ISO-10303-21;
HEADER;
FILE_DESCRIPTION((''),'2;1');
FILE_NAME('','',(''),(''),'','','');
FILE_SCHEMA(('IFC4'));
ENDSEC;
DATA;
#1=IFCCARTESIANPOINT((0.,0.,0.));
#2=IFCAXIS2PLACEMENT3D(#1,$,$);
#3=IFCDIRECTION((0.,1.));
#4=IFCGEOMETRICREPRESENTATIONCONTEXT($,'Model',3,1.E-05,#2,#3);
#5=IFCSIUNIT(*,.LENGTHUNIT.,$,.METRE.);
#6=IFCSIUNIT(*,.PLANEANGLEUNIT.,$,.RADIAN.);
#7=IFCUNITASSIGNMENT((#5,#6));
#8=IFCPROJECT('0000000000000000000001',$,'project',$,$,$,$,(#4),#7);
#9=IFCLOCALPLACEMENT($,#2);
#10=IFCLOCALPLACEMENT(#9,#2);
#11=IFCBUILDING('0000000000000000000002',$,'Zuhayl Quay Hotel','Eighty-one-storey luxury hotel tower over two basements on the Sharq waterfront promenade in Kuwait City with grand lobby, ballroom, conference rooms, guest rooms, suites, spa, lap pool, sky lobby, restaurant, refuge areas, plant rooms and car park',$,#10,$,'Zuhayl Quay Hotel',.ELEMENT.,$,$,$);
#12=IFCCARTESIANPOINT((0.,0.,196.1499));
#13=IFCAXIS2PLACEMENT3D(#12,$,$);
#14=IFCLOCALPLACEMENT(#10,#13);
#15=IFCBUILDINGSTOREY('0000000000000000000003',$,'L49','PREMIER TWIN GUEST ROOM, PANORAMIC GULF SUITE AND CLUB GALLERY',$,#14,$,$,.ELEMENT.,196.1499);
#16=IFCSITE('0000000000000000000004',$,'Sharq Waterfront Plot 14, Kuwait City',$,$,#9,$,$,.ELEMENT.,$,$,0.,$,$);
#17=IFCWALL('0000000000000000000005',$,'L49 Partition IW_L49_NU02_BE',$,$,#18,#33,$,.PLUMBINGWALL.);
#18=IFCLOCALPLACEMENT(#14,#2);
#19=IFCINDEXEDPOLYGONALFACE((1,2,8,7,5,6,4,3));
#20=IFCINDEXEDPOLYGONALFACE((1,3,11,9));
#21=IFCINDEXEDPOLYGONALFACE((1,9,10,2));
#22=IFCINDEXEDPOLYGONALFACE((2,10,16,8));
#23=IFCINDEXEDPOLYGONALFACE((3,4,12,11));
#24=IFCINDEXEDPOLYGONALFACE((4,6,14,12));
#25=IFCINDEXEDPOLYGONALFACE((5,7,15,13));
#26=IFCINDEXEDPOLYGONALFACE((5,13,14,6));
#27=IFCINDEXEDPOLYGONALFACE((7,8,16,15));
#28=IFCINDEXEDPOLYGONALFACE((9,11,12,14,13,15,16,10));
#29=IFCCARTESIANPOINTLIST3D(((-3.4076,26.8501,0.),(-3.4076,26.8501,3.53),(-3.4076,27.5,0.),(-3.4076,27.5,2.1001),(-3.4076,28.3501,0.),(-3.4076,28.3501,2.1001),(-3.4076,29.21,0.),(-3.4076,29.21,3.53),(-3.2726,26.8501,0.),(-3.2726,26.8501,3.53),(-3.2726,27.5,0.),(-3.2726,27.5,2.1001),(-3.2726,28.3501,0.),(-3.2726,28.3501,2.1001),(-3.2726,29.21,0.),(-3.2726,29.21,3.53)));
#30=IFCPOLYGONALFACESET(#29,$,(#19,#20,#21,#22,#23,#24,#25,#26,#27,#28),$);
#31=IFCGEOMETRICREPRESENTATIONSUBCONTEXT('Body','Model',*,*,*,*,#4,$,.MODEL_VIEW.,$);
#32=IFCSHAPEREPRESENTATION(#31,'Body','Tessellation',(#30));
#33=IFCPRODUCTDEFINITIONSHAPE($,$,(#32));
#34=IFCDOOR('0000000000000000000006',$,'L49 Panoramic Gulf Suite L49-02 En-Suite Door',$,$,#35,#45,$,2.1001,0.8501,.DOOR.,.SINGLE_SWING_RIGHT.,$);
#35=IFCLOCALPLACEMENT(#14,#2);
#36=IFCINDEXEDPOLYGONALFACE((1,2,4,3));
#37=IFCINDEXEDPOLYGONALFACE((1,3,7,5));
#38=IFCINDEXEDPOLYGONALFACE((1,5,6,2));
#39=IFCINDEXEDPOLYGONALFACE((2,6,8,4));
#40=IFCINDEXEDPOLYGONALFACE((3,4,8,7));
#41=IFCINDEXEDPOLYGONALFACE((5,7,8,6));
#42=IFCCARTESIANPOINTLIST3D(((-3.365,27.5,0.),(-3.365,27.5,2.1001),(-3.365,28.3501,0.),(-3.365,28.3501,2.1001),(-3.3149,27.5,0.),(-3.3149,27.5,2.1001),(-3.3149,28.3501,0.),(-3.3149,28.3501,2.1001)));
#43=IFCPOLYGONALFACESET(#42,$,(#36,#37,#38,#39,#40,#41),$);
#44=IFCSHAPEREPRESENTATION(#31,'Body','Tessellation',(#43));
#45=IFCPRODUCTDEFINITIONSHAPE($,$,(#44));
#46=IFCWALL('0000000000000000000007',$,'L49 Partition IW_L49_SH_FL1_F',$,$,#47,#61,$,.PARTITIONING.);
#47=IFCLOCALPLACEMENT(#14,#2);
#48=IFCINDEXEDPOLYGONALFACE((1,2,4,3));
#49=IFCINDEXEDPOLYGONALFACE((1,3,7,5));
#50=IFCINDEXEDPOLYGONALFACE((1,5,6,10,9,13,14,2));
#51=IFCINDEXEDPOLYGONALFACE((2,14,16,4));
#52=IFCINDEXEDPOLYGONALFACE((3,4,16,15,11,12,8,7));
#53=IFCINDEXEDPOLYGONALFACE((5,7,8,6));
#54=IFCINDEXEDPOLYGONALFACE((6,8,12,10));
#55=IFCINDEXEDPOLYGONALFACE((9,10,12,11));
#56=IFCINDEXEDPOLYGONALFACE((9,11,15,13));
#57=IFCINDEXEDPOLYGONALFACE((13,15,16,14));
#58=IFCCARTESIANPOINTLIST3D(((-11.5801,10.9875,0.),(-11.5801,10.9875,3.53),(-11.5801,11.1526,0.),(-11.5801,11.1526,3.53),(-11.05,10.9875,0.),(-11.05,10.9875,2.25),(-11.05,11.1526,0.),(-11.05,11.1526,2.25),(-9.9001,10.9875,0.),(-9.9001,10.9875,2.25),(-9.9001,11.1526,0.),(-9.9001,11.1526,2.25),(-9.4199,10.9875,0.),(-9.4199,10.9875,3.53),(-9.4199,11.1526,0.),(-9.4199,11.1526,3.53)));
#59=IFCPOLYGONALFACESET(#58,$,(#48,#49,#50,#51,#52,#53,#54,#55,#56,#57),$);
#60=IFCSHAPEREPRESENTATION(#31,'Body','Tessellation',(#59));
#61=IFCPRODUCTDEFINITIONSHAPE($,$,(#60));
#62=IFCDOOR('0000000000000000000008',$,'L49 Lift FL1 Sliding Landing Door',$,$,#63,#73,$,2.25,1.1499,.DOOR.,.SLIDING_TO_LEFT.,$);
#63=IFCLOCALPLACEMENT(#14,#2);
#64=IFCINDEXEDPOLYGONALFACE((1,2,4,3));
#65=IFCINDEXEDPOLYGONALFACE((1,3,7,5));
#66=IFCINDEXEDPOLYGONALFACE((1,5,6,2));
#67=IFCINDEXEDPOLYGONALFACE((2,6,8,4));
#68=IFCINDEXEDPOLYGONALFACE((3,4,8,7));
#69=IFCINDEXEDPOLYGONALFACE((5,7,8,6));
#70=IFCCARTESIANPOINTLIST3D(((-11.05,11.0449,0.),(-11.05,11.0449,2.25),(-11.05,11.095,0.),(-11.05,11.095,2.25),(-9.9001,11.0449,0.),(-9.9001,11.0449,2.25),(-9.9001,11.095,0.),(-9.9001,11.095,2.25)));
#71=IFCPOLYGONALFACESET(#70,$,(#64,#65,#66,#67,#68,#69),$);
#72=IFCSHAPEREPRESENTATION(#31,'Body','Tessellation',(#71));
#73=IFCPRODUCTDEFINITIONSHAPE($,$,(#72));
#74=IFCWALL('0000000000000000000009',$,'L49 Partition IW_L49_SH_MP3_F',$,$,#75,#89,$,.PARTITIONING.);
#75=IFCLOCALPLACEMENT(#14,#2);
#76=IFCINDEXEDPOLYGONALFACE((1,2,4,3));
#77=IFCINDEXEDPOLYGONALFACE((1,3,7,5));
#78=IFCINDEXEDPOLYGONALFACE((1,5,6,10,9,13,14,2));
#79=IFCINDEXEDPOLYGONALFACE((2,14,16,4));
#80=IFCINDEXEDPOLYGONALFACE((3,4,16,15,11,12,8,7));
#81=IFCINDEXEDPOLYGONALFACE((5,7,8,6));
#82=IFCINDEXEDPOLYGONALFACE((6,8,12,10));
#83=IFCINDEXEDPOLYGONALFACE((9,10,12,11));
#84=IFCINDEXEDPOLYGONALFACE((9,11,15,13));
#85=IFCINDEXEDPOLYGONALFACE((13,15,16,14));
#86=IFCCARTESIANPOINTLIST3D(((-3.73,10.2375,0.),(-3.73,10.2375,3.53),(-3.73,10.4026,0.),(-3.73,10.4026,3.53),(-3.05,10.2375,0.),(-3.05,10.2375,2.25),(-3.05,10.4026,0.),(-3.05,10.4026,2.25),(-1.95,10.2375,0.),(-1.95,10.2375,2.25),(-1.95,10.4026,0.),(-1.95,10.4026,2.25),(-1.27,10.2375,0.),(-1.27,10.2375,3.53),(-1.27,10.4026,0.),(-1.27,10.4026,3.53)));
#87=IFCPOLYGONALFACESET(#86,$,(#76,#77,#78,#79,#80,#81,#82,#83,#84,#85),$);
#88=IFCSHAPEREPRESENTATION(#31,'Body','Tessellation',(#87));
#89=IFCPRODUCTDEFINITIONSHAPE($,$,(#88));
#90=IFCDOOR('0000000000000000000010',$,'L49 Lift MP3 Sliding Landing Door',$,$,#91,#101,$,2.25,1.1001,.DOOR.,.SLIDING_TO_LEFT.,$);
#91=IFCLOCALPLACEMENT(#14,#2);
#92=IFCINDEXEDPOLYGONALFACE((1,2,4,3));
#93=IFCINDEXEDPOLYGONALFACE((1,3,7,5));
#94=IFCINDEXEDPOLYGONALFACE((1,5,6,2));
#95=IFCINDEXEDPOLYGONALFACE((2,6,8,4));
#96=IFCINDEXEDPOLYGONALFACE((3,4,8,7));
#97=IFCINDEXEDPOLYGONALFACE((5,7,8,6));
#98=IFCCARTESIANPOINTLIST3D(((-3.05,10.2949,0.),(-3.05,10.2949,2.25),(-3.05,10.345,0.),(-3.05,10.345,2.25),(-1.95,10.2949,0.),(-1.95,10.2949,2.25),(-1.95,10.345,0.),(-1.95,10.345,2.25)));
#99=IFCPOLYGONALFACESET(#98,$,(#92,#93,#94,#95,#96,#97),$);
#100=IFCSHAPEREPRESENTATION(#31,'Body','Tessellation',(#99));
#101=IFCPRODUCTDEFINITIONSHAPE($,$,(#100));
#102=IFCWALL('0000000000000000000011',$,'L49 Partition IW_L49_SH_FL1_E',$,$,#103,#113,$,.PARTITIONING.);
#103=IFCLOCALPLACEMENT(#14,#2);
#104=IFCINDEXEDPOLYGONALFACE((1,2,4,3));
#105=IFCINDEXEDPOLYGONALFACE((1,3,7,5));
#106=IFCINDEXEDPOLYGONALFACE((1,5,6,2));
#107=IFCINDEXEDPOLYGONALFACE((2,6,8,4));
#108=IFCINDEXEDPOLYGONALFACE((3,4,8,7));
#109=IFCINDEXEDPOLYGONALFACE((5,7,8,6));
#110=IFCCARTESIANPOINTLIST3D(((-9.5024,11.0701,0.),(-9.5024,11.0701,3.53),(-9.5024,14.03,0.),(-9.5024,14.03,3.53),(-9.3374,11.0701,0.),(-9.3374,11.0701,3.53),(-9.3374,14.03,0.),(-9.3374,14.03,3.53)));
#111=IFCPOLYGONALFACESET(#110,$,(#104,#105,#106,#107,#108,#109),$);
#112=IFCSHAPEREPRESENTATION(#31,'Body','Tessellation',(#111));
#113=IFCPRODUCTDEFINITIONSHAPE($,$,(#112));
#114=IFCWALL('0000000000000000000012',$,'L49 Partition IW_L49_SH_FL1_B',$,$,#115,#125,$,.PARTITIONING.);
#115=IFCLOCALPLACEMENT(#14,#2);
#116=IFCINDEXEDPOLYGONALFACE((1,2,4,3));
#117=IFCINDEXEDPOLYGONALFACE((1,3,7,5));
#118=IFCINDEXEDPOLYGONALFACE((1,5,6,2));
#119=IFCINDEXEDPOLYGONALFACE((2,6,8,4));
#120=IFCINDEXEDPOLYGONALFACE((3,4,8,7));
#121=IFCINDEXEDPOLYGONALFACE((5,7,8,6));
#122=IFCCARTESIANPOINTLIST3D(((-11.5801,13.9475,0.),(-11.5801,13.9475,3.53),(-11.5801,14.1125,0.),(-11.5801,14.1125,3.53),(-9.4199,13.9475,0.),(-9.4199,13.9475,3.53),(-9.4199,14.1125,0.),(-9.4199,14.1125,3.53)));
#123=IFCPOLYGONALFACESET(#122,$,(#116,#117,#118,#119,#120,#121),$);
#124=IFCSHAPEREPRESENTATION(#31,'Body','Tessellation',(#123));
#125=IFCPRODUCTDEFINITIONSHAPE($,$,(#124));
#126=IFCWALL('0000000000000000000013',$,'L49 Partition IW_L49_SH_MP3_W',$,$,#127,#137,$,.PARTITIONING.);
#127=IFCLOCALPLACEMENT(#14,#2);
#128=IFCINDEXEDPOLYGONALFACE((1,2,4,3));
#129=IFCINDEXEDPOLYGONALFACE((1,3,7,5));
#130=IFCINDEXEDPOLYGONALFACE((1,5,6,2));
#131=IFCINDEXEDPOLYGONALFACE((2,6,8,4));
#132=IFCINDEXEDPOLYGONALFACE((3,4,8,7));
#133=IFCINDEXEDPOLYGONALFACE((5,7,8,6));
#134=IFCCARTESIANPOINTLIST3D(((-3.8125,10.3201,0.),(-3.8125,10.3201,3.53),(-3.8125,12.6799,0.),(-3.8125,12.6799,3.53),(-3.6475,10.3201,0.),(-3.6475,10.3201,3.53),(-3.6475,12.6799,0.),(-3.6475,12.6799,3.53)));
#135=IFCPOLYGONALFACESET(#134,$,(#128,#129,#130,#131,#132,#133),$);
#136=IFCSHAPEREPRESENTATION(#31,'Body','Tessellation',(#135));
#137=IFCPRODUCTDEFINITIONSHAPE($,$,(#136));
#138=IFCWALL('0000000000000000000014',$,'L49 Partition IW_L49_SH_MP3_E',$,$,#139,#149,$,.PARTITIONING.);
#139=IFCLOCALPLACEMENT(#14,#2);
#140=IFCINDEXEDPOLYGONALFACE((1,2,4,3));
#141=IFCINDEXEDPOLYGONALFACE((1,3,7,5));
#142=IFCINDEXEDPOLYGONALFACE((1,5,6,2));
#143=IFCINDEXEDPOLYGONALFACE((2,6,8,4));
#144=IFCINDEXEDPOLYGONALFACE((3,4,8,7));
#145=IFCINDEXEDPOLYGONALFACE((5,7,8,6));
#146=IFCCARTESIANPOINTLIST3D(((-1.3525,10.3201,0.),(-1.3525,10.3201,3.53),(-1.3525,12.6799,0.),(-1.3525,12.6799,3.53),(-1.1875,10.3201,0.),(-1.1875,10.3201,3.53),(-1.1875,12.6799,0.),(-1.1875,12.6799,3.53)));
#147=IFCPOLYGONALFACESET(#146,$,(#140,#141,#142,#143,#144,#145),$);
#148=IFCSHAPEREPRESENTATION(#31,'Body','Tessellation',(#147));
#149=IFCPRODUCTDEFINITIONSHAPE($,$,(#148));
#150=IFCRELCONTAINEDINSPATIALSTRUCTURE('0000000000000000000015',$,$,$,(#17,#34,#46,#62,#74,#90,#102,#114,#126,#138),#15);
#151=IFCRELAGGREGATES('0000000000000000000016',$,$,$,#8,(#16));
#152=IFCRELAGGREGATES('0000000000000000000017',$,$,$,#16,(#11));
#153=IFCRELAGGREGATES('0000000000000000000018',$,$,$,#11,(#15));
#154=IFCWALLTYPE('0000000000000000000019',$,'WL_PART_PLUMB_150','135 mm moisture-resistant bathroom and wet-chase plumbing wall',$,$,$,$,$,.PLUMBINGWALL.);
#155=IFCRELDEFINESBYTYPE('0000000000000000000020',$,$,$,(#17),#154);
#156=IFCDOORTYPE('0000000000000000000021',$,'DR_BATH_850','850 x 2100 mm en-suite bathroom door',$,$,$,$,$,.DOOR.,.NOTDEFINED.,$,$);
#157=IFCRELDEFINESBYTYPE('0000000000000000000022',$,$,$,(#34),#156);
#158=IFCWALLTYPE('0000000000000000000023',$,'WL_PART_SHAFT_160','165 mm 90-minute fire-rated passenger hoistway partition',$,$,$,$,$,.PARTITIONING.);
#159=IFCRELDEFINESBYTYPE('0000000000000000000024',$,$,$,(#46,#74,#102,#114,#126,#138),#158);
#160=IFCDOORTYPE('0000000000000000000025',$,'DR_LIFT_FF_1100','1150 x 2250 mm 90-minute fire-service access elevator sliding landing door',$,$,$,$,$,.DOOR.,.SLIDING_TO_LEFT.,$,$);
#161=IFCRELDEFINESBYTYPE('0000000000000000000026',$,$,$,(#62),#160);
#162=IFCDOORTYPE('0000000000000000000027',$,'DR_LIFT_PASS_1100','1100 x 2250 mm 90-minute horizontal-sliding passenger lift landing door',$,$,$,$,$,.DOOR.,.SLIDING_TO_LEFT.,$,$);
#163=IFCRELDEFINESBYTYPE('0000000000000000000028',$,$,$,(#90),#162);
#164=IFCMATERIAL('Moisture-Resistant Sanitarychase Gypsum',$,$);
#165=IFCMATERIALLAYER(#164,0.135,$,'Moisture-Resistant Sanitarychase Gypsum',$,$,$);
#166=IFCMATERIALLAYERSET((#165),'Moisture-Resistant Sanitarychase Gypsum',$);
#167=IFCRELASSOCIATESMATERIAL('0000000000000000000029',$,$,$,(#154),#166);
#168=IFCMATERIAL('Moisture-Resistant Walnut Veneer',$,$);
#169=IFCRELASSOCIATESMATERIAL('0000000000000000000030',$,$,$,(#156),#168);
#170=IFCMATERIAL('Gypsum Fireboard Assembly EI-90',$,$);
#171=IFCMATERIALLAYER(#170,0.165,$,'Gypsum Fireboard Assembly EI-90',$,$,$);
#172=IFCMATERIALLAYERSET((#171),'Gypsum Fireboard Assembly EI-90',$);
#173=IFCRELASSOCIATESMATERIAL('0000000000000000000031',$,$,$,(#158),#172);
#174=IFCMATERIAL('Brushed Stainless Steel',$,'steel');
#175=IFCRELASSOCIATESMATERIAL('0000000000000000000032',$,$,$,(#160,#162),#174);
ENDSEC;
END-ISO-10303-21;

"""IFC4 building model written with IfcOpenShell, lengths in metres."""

from ifc_helpers import new_model, si_unit, direction, frame, frame_2d, origin, place, context, subcontext, project, spatial, rectangle, extrude, material, layer, layer_set, type_object, element, fill, save


model = new_model("IFC4")

# Units and contexts
model_context = context("Model", 3, precision=1e-05, world=origin(), true_north=direction((0.0, 1.0)))
body_context = subcontext(model_context, "Body", "Model", "MODEL_VIEW")
ifc_project = project(units=[si_unit("LENGTHUNIT", "METRE"), si_unit("PLANEANGLEUNIT", "RADIAN")], contexts=[model_context])

# Site, building, storey
site_placement = place(None, origin())
site = spatial("IfcSite", under=ifc_project, at=site_placement, Name="Sharq Waterfront Plot 14, Kuwait City", CompositionType="ELEMENT", RefElevation=0.0)
building_placement = place(site_placement, origin())
building = spatial("IfcBuilding", under=site, at=building_placement, Name="Zuhayl Quay Hotel", Description="Eighty-one-storey luxury hotel tower over two basements on the Sharq waterfront promenade in Kuwait City with grand lobby, ballroom, conference rooms, guest rooms, suites, spa, lap pool, sky lobby, restaurant, refuge areas, plant rooms and car park", LongName="Zuhayl Quay Hotel", CompositionType="ELEMENT")
storey_placement = place(building_placement, frame((0.0, 0.0, 196.1499)))
storey = spatial("IfcBuildingStorey", under=building, at=storey_placement, Name="L49", Description="PREMIER TWIN GUEST ROOM, PANORAMIC GULF SUITE AND CLUB GALLERY", CompositionType="ELEMENT", Elevation=196.1499)

# Walls, openings, doors
ifc_material_1 = material(Name="Moisture-Resistant Sanitarychase Gypsum")
ifc_layer_1 = layer(ifc_material_1, 0.135, Name="Moisture-Resistant Sanitarychase Gypsum")
ifc_layer_set_1 = layer_set([ifc_layer_1], Name="Moisture-Resistant Sanitarychase Gypsum")
wall_type_1 = type_object("IfcWallType", Name="WL_PART_PLUMB_150", Description="135 mm moisture-resistant bathroom and wet-chase plumbing wall", PredefinedType="PLUMBINGWALL", material=ifc_layer_set_1)
ifc_material_2 = material(Name="Moisture-Resistant Walnut Veneer")
door_type_1 = type_object("IfcDoorType", Name="DR_BATH_850", Description="850 x 2100 mm en-suite bathroom door", OperationType="NOTDEFINED", PredefinedType="DOOR", material=ifc_material_2)
wall_1_placement = place(storey_placement, frame((-3.3401, 26.8501, 0.0), z_axis=(0.0, 0.0, 1.0), x_axis=(0.0, 1.0, 0.0)))
wall_1 = element("IfcWall", 1, at=wall_1_placement, inside=storey, type_object=wall_type_1, Name="L49 Partition IW_L49_NU02_BE", PredefinedType="PLUMBINGWALL", context=body_context, shape_type="SweptSolid", body=[
    extrude(rectangle(XDim=2.3599, YDim=0.135, at=frame_2d((1.1799, 0.0))), origin(), (0.0, 0.0, 1.0), 3.53),
])
opening_1_placement = place(wall_1_placement, frame((0.6499, 0.0, 0.0)))
opening_1 = element("IfcOpeningElement", 2, at=opening_1_placement, cuts=wall_1, PredefinedType="OPENING", context=body_context, shape_type="SweptSolid", body=[
    extrude(rectangle(XDim=0.8501, YDim=2.1001, at=frame_2d((0.425, 1.05))), frame((0.0, 0.0774, 0.0), z_axis=(0.0, -1.0, 0.0), x_axis=(1.0, 0.0, 0.0)), (0.0, 0.0, 1.0), 0.155),
])
door_1_placement = place(opening_1_placement, origin())
door_1 = element("IfcDoor", 3, at=door_1_placement, inside=storey, type_object=door_type_1, Name="L49 Panoramic Gulf Suite L49-02 En-Suite Door", OperationType="SINGLE_SWING_RIGHT", OverallHeight=2.1001, OverallWidth=0.8501, PredefinedType="DOOR", context=body_context, shape_type="SweptSolid", body=[
    extrude(rectangle(XDim=0.8501, YDim=2.1001, at=frame_2d((0.425, 1.05))), frame((0.0, 0.0249, 0.0), z_axis=(0.0, -1.0, 0.0), x_axis=(1.0, 0.0, 0.0)), (0.0, 0.0, 1.0), 0.05),
])
fill(opening_1, door_1)
ifc_material_3 = material(Name="Gypsum Fireboard Assembly EI-90")
ifc_layer_2 = layer(ifc_material_3, 0.165, Name="Gypsum Fireboard Assembly EI-90")
ifc_layer_set_2 = layer_set([ifc_layer_2], Name="Gypsum Fireboard Assembly EI-90")
wall_type_2 = type_object("IfcWallType", Name="WL_PART_SHAFT_160", Description="165 mm 90-minute fire-rated passenger hoistway partition", PredefinedType="PARTITIONING", material=ifc_layer_set_2)
wall_2_placement = place(storey_placement, frame((-11.5801, 11.0701, 0.0), z_axis=(0.0, 0.0, 1.0), x_axis=(1.0, 0.0, 0.0)))
wall_2 = element("IfcWall", 4, at=wall_2_placement, inside=storey, type_object=wall_type_2, Name="L49 Partition IW_L49_SH_FL1_F", PredefinedType="PARTITIONING", context=body_context, shape_type="SweptSolid", body=[
    extrude(rectangle(XDim=2.1602, YDim=0.165, at=frame_2d((1.0801, 0.0))), origin(), (0.0, 0.0, 1.0), 3.53),
])
opening_2_placement = place(wall_2_placement, frame((0.53, 0.0, 0.0)))
opening_2 = element("IfcOpeningElement", 5, at=opening_2_placement, cuts=wall_2, PredefinedType="OPENING", context=body_context, shape_type="SweptSolid", body=[
    extrude(rectangle(XDim=1.1499, YDim=2.25, at=frame_2d((0.575, 1.125))), frame((0.0, 0.0925, 0.0), z_axis=(0.0, -1.0, 0.0), x_axis=(1.0, 0.0, 0.0)), (0.0, 0.0, 1.0), 0.1851),
])
ifc_material_4 = material(Name="Brushed Stainless Steel", Category="steel")
door_type_2 = type_object("IfcDoorType", Name="DR_LIFT_FF_1100", Description="1150 x 2250 mm 90-minute fire-service access elevator sliding landing door", OperationType="SLIDING_TO_LEFT", PredefinedType="DOOR", material=ifc_material_4)
door_2_placement = place(opening_2_placement, origin())
door_2 = element("IfcDoor", 6, at=door_2_placement, inside=storey, type_object=door_type_2, Name="L49 Lift FL1 Sliding Landing Door", OperationType="SLIDING_TO_LEFT", OverallHeight=2.25, OverallWidth=1.1499, PredefinedType="DOOR", context=body_context, shape_type="SweptSolid", body=[
    extrude(rectangle(XDim=1.1499, YDim=2.25, at=frame_2d((0.575, 1.125))), frame((0.0, 0.0249, 0.0), z_axis=(0.0, -1.0, 0.0), x_axis=(1.0, 0.0, 0.0)), (0.0, 0.0, 1.0), 0.05),
])
fill(opening_2, door_2)
wall_3_placement = place(storey_placement, frame((-3.73, 10.3201, 0.0), z_axis=(0.0, 0.0, 1.0), x_axis=(1.0, 0.0, 0.0)))
wall_3 = element("IfcWall", 7, at=wall_3_placement, inside=storey, type_object=wall_type_2, Name="L49 Partition IW_L49_SH_MP3_F", PredefinedType="PARTITIONING", context=body_context, shape_type="SweptSolid", body=[
    extrude(rectangle(XDim=2.46, YDim=0.165, at=frame_2d((1.23, 0.0))), origin(), (0.0, 0.0, 1.0), 3.53),
])
opening_3_placement = place(wall_3_placement, frame((0.6799, 0.0, 0.0)))
opening_3 = element("IfcOpeningElement", 8, at=opening_3_placement, cuts=wall_3, PredefinedType="OPENING", context=body_context, shape_type="SweptSolid", body=[
    extrude(rectangle(XDim=1.1001, YDim=2.25, at=frame_2d((0.55, 1.125))), frame((0.0, 0.0925, 0.0), z_axis=(0.0, -1.0, 0.0), x_axis=(1.0, 0.0, 0.0)), (0.0, 0.0, 1.0), 0.1851),
])
door_type_3 = type_object("IfcDoorType", Name="DR_LIFT_PASS_1100", Description="1100 x 2250 mm 90-minute horizontal-sliding passenger lift landing door", OperationType="SLIDING_TO_LEFT", PredefinedType="DOOR", material=ifc_material_4)
door_3_placement = place(opening_3_placement, origin())
door_3 = element("IfcDoor", 9, at=door_3_placement, inside=storey, type_object=door_type_3, Name="L49 Lift MP3 Sliding Landing Door", OperationType="SLIDING_TO_LEFT", OverallHeight=2.25, OverallWidth=1.1001, PredefinedType="DOOR", context=body_context, shape_type="SweptSolid", body=[
    extrude(rectangle(XDim=1.1001, YDim=2.25, at=frame_2d((0.55, 1.125))), frame((0.0, 0.0249, 0.0), z_axis=(0.0, -1.0, 0.0), x_axis=(1.0, 0.0, 0.0)), (0.0, 0.0, 1.0), 0.05),
])
fill(opening_3, door_3)

# Walls
wall_4_placement = place(storey_placement, frame((-9.4199, 11.0701, 0.0), z_axis=(0.0, 0.0, 1.0), x_axis=(0.0, 1.0, 0.0)))
element("IfcWall", 10, at=wall_4_placement, inside=storey, type_object=wall_type_2, Name="L49 Partition IW_L49_SH_FL1_E", PredefinedType="PARTITIONING", context=body_context, shape_type="SweptSolid", body=[
    extrude(rectangle(XDim=2.96, YDim=0.165, at=frame_2d((1.48, 0.0))), origin(), (0.0, 0.0, 1.0), 3.53),
])
wall_5_placement = place(storey_placement, frame((-11.5801, 14.03, 0.0), z_axis=(0.0, 0.0, 1.0), x_axis=(1.0, 0.0, 0.0)))
element("IfcWall", 11, at=wall_5_placement, inside=storey, type_object=wall_type_2, Name="L49 Partition IW_L49_SH_FL1_B", PredefinedType="PARTITIONING", context=body_context, shape_type="SweptSolid", body=[
    extrude(rectangle(XDim=2.1602, YDim=0.165, at=frame_2d((1.0801, 0.0))), origin(), (0.0, 0.0, 1.0), 3.53),
])
for number, where, z_axis, x_axis, name in (
    (12, (-3.73, 10.3201, 0.0), (0.0, 0.0, 1.0), (0.0, 1.0, 0.0), "L49 Partition IW_L49_SH_MP3_W"),
    (13, (-1.27, 10.3201, 0.0), (0.0, 0.0, 1.0), (0.0, 1.0, 0.0), "L49 Partition IW_L49_SH_MP3_E"),
):
    element("IfcWall", number, at=place(storey_placement, frame(where, z_axis=z_axis, x_axis=x_axis)), inside=storey, type_object=wall_type_2, Name=name, PredefinedType="PARTITIONING", context=body_context, shape_type="SweptSolid", body=[
        extrude(rectangle(XDim=2.3599, YDim=0.165, at=frame_2d((1.1799, 0.0))), origin(), (0.0, 0.0, 1.0), 3.53),
    ])

save(model, "model.ifc")
